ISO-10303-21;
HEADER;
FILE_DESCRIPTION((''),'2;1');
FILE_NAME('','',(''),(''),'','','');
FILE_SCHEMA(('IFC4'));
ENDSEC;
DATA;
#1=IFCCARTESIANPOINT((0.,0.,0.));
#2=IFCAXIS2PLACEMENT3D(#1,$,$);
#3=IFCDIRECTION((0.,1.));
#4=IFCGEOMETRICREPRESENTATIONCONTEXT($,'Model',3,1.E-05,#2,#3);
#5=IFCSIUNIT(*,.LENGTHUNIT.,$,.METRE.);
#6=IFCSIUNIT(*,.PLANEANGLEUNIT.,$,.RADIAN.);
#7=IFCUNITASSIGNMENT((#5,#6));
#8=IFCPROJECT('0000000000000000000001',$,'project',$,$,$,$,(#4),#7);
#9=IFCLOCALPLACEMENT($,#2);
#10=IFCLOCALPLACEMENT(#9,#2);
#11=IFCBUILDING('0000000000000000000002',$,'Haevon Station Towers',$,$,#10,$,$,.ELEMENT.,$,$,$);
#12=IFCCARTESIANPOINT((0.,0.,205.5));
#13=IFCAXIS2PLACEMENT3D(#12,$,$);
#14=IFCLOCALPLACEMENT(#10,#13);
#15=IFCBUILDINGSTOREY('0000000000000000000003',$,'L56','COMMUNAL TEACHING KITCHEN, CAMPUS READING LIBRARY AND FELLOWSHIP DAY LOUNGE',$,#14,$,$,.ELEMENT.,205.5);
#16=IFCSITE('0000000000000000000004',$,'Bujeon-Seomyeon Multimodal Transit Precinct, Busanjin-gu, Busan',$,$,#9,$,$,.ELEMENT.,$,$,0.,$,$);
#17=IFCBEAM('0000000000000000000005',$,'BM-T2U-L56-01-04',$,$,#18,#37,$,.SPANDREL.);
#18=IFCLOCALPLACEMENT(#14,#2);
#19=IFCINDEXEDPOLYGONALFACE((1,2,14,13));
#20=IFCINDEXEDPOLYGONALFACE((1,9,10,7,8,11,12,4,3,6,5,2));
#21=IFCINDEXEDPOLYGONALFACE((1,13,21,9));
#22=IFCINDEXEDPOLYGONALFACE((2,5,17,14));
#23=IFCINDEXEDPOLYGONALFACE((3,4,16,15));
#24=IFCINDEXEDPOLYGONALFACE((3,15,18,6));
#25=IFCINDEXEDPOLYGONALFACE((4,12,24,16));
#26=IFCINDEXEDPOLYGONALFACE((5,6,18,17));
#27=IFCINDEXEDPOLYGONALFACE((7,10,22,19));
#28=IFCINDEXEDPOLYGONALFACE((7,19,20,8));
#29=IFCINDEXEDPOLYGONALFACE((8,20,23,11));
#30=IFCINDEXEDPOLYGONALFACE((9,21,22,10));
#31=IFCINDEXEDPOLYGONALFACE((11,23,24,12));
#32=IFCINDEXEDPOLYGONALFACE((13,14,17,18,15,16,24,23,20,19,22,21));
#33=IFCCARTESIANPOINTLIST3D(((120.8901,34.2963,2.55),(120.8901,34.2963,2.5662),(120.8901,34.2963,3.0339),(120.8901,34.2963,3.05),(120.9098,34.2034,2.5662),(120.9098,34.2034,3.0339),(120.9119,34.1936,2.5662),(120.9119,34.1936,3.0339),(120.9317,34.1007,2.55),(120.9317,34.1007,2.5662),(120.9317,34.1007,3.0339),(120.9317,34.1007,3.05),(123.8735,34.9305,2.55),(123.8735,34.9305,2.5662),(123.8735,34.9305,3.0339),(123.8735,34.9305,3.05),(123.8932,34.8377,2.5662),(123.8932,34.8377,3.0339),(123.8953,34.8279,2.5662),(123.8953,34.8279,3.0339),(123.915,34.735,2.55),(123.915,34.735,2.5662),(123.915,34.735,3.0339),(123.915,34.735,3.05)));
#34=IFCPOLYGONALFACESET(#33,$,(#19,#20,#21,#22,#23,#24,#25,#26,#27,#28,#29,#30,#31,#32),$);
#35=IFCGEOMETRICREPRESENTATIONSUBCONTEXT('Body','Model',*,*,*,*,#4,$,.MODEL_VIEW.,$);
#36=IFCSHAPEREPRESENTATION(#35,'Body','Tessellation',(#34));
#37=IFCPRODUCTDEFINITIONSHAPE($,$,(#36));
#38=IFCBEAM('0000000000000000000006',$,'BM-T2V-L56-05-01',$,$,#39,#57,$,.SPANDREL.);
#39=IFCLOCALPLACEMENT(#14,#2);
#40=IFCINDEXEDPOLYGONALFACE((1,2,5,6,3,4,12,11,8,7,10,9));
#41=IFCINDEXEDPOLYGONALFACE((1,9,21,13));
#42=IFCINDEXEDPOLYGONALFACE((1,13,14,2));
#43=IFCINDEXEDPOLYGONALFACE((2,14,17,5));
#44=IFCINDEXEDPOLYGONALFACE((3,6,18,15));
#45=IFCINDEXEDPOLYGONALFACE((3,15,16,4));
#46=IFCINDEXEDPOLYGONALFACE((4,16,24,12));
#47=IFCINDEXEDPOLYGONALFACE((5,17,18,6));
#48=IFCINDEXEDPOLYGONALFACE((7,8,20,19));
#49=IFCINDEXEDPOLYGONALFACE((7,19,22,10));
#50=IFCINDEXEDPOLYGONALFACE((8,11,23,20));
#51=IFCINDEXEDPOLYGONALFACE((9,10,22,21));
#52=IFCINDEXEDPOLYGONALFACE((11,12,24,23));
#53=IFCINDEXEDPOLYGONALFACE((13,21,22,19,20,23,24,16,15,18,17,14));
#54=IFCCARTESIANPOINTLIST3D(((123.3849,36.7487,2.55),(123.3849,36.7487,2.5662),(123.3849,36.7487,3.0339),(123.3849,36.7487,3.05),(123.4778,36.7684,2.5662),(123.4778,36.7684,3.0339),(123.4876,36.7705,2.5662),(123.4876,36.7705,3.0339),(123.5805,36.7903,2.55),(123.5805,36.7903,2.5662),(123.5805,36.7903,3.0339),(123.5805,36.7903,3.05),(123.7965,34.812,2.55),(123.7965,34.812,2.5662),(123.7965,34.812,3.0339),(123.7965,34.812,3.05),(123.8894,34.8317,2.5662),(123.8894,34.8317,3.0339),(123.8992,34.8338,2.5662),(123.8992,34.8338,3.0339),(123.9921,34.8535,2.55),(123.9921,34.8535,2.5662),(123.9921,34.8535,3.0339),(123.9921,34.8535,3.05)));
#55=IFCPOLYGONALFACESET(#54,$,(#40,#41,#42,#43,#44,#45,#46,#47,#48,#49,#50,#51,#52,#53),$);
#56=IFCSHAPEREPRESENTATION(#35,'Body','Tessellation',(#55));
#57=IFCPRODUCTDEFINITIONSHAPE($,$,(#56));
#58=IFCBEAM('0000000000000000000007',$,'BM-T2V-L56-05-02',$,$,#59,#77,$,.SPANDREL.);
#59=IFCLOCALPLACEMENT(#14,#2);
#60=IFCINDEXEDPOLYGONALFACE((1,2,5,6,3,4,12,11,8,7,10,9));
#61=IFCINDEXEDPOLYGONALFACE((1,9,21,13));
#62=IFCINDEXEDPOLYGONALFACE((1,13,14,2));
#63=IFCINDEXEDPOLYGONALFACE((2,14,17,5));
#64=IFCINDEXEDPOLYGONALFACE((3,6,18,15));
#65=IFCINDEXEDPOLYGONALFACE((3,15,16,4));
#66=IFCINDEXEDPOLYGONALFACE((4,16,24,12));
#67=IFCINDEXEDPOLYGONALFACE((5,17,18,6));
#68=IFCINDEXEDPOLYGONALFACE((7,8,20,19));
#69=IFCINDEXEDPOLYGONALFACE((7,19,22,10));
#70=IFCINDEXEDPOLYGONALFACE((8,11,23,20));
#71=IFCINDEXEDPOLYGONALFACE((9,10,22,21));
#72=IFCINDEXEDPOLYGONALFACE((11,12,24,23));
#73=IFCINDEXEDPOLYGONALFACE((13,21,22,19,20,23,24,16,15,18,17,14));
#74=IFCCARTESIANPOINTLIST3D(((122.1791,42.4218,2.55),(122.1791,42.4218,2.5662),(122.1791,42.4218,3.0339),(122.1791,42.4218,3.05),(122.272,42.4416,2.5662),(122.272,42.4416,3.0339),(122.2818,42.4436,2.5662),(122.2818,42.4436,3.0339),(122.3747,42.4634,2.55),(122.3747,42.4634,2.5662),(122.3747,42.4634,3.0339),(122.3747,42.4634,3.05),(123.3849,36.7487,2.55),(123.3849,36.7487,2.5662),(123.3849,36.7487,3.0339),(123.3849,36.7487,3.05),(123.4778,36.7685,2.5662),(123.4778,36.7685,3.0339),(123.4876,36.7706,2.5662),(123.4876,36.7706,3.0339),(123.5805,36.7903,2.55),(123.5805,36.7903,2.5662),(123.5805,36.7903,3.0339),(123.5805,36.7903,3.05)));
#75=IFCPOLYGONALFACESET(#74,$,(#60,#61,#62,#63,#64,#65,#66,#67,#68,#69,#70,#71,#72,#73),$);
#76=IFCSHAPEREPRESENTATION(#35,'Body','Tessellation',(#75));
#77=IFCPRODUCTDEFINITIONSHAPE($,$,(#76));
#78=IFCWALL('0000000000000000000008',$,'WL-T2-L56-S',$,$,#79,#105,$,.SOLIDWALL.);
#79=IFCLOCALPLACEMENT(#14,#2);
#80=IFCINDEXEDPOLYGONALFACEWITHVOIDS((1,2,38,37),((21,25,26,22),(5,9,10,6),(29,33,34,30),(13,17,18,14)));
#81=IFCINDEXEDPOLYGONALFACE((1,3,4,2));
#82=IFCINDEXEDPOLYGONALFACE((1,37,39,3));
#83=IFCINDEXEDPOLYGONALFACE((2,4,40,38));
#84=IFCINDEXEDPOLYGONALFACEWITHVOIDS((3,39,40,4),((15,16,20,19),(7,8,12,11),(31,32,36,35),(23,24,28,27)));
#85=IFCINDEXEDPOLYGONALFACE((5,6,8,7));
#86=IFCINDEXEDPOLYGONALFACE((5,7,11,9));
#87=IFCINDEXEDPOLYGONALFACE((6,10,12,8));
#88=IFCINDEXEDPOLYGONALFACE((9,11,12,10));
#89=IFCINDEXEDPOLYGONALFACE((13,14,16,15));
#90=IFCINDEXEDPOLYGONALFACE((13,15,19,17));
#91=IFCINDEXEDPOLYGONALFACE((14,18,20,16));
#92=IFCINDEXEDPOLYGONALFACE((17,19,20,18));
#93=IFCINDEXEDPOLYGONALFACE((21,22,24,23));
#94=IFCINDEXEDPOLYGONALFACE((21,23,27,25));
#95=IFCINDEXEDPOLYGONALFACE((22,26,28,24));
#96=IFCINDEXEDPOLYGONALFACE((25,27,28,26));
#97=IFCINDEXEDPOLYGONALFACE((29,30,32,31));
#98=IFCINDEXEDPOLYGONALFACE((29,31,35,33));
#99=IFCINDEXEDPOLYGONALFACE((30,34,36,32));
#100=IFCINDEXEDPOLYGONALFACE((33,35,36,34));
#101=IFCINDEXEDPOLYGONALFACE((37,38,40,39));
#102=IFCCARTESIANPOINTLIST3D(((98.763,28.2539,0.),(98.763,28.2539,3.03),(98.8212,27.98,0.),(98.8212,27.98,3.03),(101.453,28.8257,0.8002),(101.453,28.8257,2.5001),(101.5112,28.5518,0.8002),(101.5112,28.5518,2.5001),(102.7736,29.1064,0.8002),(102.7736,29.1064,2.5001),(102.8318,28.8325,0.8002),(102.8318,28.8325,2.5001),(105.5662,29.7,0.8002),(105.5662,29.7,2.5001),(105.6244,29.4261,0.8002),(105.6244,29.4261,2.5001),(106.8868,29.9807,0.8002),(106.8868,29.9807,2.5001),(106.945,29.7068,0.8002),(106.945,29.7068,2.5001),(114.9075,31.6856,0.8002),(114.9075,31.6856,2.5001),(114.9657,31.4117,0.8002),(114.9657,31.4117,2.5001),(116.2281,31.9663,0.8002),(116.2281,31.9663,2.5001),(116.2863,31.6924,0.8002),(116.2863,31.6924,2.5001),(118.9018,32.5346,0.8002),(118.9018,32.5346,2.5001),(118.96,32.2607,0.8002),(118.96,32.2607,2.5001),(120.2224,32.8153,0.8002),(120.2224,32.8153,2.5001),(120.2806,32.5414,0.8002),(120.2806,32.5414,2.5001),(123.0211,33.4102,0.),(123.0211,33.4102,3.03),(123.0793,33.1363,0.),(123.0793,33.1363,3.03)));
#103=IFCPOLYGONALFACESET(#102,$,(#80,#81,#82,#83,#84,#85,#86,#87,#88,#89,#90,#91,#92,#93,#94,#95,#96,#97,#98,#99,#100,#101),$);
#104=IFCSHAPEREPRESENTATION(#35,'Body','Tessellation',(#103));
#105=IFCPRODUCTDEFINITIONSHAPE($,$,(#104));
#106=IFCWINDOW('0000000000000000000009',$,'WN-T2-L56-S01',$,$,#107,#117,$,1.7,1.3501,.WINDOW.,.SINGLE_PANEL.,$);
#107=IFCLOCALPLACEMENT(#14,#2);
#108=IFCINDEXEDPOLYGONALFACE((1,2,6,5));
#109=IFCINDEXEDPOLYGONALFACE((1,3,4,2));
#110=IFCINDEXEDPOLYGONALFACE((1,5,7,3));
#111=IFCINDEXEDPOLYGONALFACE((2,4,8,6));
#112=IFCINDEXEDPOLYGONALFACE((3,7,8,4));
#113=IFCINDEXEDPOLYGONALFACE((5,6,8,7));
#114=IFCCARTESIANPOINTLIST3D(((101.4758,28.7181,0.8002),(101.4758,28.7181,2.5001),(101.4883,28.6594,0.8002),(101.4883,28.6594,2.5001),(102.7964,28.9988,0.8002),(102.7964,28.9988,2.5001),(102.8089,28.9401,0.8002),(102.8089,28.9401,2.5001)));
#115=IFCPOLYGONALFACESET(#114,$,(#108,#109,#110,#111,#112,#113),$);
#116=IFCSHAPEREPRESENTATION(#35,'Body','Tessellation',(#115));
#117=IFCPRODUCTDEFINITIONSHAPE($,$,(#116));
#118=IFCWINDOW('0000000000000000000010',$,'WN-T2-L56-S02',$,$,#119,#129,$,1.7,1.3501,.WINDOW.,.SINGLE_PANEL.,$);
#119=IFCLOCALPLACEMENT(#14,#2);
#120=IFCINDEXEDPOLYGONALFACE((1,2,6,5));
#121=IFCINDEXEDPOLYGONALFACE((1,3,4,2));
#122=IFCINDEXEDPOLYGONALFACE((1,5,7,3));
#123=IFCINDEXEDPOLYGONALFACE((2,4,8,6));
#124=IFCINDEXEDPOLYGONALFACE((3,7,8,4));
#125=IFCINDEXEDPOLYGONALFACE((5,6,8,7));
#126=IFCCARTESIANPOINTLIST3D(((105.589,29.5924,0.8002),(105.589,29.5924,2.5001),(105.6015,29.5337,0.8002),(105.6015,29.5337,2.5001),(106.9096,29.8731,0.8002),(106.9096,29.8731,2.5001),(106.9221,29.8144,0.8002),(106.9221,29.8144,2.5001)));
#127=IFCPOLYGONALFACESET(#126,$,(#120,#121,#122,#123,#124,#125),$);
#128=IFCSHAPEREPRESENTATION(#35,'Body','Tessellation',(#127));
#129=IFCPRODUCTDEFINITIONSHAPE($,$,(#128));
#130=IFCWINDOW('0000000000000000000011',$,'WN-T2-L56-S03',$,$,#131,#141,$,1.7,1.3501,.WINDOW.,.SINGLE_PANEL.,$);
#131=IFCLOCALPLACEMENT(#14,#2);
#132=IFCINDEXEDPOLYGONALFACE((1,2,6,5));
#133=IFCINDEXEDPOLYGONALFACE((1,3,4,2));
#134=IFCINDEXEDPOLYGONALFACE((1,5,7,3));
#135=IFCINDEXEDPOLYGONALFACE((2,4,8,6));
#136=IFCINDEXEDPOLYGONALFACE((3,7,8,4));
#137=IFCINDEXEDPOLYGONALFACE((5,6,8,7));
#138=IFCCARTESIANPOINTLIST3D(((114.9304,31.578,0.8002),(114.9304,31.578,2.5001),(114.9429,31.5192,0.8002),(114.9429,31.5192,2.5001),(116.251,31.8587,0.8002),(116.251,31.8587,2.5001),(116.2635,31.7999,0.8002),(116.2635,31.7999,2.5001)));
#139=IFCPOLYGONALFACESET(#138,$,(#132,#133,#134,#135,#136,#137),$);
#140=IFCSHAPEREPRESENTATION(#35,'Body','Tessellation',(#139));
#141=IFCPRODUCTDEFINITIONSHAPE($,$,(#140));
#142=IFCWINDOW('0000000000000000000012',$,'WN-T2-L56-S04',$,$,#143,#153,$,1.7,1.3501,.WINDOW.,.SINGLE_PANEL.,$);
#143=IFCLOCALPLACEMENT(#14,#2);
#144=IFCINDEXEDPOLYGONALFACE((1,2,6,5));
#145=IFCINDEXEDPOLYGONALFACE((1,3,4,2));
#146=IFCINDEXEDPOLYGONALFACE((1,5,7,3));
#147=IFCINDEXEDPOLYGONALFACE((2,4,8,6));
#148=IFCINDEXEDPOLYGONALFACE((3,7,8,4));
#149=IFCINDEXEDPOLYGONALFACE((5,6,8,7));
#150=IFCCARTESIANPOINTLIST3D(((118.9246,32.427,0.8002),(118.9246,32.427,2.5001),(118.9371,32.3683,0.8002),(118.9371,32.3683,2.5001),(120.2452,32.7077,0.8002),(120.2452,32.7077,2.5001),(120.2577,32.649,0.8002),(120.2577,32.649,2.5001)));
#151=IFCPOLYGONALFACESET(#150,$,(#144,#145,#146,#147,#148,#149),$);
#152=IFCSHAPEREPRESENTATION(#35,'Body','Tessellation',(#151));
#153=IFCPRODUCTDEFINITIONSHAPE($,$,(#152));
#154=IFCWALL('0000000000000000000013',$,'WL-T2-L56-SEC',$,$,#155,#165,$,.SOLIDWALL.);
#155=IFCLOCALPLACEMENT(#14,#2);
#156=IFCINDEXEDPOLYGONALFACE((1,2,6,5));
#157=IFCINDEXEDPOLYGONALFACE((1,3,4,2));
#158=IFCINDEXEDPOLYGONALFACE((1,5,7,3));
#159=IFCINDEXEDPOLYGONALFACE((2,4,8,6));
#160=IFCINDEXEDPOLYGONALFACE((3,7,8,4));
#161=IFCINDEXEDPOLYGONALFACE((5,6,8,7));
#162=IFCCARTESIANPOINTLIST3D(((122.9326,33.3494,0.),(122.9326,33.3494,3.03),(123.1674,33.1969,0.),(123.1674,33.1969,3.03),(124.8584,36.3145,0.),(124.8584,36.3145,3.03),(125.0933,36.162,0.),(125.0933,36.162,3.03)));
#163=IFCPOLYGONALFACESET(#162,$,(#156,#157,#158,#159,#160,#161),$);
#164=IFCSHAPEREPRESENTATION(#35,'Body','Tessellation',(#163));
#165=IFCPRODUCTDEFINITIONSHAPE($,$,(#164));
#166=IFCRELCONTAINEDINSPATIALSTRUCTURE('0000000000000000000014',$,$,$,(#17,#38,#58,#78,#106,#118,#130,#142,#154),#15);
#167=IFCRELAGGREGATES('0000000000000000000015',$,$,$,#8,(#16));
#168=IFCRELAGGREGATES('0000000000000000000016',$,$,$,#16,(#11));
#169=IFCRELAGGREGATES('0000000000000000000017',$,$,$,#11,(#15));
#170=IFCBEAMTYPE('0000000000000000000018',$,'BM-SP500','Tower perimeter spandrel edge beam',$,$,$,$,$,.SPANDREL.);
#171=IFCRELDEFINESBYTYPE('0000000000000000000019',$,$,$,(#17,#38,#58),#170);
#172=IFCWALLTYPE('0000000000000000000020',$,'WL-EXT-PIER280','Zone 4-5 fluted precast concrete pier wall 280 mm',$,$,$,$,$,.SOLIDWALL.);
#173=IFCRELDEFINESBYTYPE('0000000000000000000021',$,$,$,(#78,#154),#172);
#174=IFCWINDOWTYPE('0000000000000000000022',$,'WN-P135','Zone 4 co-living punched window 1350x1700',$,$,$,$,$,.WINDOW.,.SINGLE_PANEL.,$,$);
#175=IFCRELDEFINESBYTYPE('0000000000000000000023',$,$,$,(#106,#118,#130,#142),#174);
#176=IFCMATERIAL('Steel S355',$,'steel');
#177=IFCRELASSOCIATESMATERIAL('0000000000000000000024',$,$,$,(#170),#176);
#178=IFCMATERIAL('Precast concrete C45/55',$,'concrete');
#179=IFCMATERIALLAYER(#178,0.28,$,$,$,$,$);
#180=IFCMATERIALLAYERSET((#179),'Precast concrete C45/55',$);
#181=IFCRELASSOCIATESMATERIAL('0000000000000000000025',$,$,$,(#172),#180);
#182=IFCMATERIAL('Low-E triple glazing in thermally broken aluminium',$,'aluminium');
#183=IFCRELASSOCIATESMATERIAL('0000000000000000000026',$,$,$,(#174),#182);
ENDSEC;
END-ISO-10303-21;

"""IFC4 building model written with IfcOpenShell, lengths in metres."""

from ifc_helpers import new_model, si_unit, direction, frame, frame_2d, origin, origin_2d, place, context, subcontext, project, spatial, rectangle, i_section, extrude, material, layer, layer_set, material_profile, profile_set, type_object, element, fill, save


model = new_model("IFC4")

# Units and contexts
model_context = context("Model", 3, precision=1e-05, world=origin(), true_north=direction((0.0, 1.0)))
body_context = subcontext(model_context, "Body", "Model", "MODEL_VIEW")
ifc_project = project(units=[si_unit("LENGTHUNIT", "METRE"), si_unit("PLANEANGLEUNIT", "RADIAN")], contexts=[model_context])

# Site, building, storey
site_placement = place(None, origin())
site = spatial("IfcSite", under=ifc_project, at=site_placement, Name="Bujeon-Seomyeon Multimodal Transit Precinct, Busanjin-gu, Busan", CompositionType="ELEMENT", RefElevation=0.0)
building_placement = place(site_placement, origin())
building = spatial("IfcBuilding", under=site, at=building_placement, Name="Haevon Station Towers", CompositionType="ELEMENT")
storey_placement = place(building_placement, frame((0.0, 0.0, 205.5)))
storey = spatial("IfcBuildingStorey", under=building, at=storey_placement, Name="L56", Description="COMMUNAL TEACHING KITCHEN, CAMPUS READING LIBRARY AND FELLOWSHIP DAY LOUNGE", CompositionType="ELEMENT", Elevation=205.5)

# Shared definitions
ifc_material_1 = material(Name="Steel S355", Category="steel")

# Beams
ifc_material_profile_1 = material_profile(ifc_material_1, i_section(OverallWidth=0.2, OverallDepth=0.5, WebThickness=0.01, FlangeThickness=0.0161, at=origin_2d()), Name="H-500x200x10x16")
ifc_profile_set_1 = profile_set([ifc_material_profile_1], Name="Steel S355")
beam_type_1 = type_object("IfcBeamType", Name="BM-SP500", Description="Tower perimeter spandrel edge beam", PredefinedType="SPANDREL", material=ifc_profile_set_1)
beam_1_placement = place(storey_placement, frame((120.9109, 34.1985, 2.8), z_axis=(0.978139, 0.207954, 0.0), x_axis=(-0.207954, 0.978139, 0.0)))
element("IfcBeam", 1, at=beam_1_placement, inside=storey, type_object=beam_type_1, Name="BM-T2U-L56-01-04", PredefinedType="SPANDREL", context=body_context, shape_type="SweptSolid", body=[
    extrude(i_section(OverallWidth=0.2, OverallDepth=0.5, WebThickness=0.01, FlangeThickness=0.0161, at=origin_2d()), origin(), (0.0, 0.0, 1.0), 3.05),
])
beam_2_placement = place(storey_placement, frame((123.8943, 34.8328, 2.8), z_axis=(-0.207887, 0.978153, 0.0), x_axis=(-0.978153, -0.207887, 0.0)))
element("IfcBeam", 2, at=beam_2_placement, inside=storey, type_object=beam_type_1, Name="BM-T2V-L56-05-01", PredefinedType="SPANDREL", context=body_context, shape_type="SweptSolid", body=[
    extrude(i_section(OverallWidth=0.2, OverallDepth=0.5, WebThickness=0.01, FlangeThickness=0.0161, at=origin_2d()), origin(), (0.0, 0.0, 1.0), 1.98),
])
beam_3_placement = place(storey_placement, frame((123.4827, 36.7695, 2.8), z_axis=(-0.207905, 0.978149, 0.0), x_axis=(-0.978149, -0.207905, 0.0)))
element("IfcBeam", 3, at=beam_3_placement, inside=storey, type_object=beam_type_1, Name="BM-T2V-L56-05-02", PredefinedType="SPANDREL", context=body_context, shape_type="SweptSolid", body=[
    extrude(i_section(OverallWidth=0.2, OverallDepth=0.5, WebThickness=0.01, FlangeThickness=0.0161, at=origin_2d()), origin(), (0.0, 0.0, 1.0), 5.7998),
])

# Wall, openings, windows
ifc_material_2 = material(Name="Precast concrete C45/55", Category="concrete")
ifc_layer_1 = layer(ifc_material_2, 0.28)
ifc_layer_set_1 = layer_set([ifc_layer_1], Name="Precast concrete C45/55")
wall_type_1 = type_object("IfcWallType", Name="WL-EXT-PIER280", Description="Zone 4-5 fluted precast concrete pier wall 280 mm", PredefinedType="SOLIDWALL", material=ifc_layer_set_1)
wall_1_placement = place(storey_placement, frame((123.05, 33.2732, 0.0), z_axis=(0.0, 0.0, 1.0), x_axis=(-0.978147, -0.207913, 0.0)))
wall_1 = element("IfcWall", 4, at=wall_1_placement, inside=storey, type_object=wall_type_1, Name="WL-T2-L56-S", PredefinedType="SOLIDWALL", context=body_context, shape_type="SweptSolid", body=[
    extrude(rectangle(XDim=24.8, YDim=0.28, at=frame_2d((12.3999, 0.0))), origin(), (0.0, 0.0, 1.0), 3.03),
])
opening_1_placement = place(wall_1_placement, frame((20.6997, 0.0, 0.8)))
opening_1 = element("IfcOpeningElement", 5, at=opening_1_placement, cuts=wall_1, PredefinedType="OPENING", context=body_context, shape_type="SweptSolid", body=[
    extrude(rectangle(XDim=1.3501, YDim=1.7, at=frame_2d((0.675, 0.8501))), frame((0.0, 0.1499, 0.0), z_axis=(0.0, -1.0, 0.0), x_axis=(1.0, 0.0, 0.0)), (0.0, 0.0, 1.0), 0.3),
])
opening_2_placement = place(wall_1_placement, frame((16.4946, 0.0, 0.8)))
opening_2 = element("IfcOpeningElement", 6, at=opening_2_placement, cuts=wall_1, PredefinedType="OPENING", context=body_context, shape_type="SweptSolid", body=[
    extrude(rectangle(XDim=1.3501, YDim=1.7, at=frame_2d((0.675, 0.8501))), frame((0.0, 0.1499, 0.0), z_axis=(0.0, -1.0, 0.0), x_axis=(1.0, 0.0, 0.0)), (0.0, 0.0, 1.0), 0.3),
])
opening_3_placement = place(wall_1_placement, frame((6.9446, 0.0, 0.8)))
opening_3 = element("IfcOpeningElement", 7, at=opening_3_placement, cuts=wall_1, PredefinedType="OPENING", context=body_context, shape_type="SweptSolid", body=[
    extrude(rectangle(XDim=1.3501, YDim=1.7, at=frame_2d((0.675, 0.8501))), frame((0.0, 0.1499, 0.0), z_axis=(0.0, -1.0, 0.0), x_axis=(1.0, 0.0, 0.0)), (0.0, 0.0, 1.0), 0.3),
])
opening_4_placement = place(wall_1_placement, frame((2.8611, 0.0, 0.8)))
opening_4 = element("IfcOpeningElement", 8, at=opening_4_placement, cuts=wall_1, PredefinedType="OPENING", context=body_context, shape_type="SweptSolid", body=[
    extrude(rectangle(XDim=1.3501, YDim=1.7, at=frame_2d((0.675, 0.8501))), frame((0.0, 0.1499, 0.0), z_axis=(0.0, -1.0, 0.0), x_axis=(1.0, 0.0, 0.0)), (0.0, 0.0, 1.0), 0.3),
])
ifc_material_3 = material(Name="Low-E triple glazing in thermally broken aluminium", Category="aluminium")
window_type = type_object("IfcWindowType", Name="WN-P135", Description="Zone 4 co-living punched window 1350x1700", PartitioningType="SINGLE_PANEL", PredefinedType="WINDOW", material=ifc_material_3)
window_1_placement = place(opening_1_placement, origin())
window_1 = element("IfcWindow", 9, at=window_1_placement, inside=storey, type_object=window_type, Name="WN-T2-L56-S01", OverallHeight=1.7, OverallWidth=1.3501, PartitioningType="SINGLE_PANEL", PredefinedType="WINDOW", context=body_context, shape_type="SweptSolid", body=[
    extrude(rectangle(XDim=1.3501, YDim=1.7, at=frame_2d((0.675, 0.8501))), frame((0.0, 0.03, 0.0), z_axis=(0.0, -1.0, 0.0), x_axis=(1.0, 0.0, 0.0)), (0.0, 0.0, 1.0), 0.0601),
])
fill(opening_1, window_1)
window_2_placement = place(opening_2_placement, origin())
window_2 = element("IfcWindow", 10, at=window_2_placement, inside=storey, type_object=window_type, Name="WN-T2-L56-S02", OverallHeight=1.7, OverallWidth=1.3501, PartitioningType="SINGLE_PANEL", PredefinedType="WINDOW", context=body_context, shape_type="SweptSolid", body=[
    extrude(rectangle(XDim=1.3501, YDim=1.7, at=frame_2d((0.675, 0.8501))), frame((0.0, 0.03, 0.0), z_axis=(0.0, -1.0, 0.0), x_axis=(1.0, 0.0, 0.0)), (0.0, 0.0, 1.0), 0.0601),
])
fill(opening_2, window_2)
window_3_placement = place(opening_3_placement, origin())
window_3 = element("IfcWindow", 11, at=window_3_placement, inside=storey, type_object=window_type, Name="WN-T2-L56-S03", OverallHeight=1.7, OverallWidth=1.3501, PartitioningType="SINGLE_PANEL", PredefinedType="WINDOW", context=body_context, shape_type="SweptSolid", body=[
    extrude(rectangle(XDim=1.3501, YDim=1.7, at=frame_2d((0.675, 0.8501))), frame((0.0, 0.03, 0.0), z_axis=(0.0, -1.0, 0.0), x_axis=(1.0, 0.0, 0.0)), (0.0, 0.0, 1.0), 0.0601),
])
fill(opening_3, window_3)
window_4_placement = place(opening_4_placement, origin())
window_4 = element("IfcWindow", 12, at=window_4_placement, inside=storey, type_object=window_type, Name="WN-T2-L56-S04", OverallHeight=1.7, OverallWidth=1.3501, PartitioningType="SINGLE_PANEL", PredefinedType="WINDOW", context=body_context, shape_type="SweptSolid", body=[
    extrude(rectangle(XDim=1.3501, YDim=1.7, at=frame_2d((0.675, 0.8501))), frame((0.0, 0.03, 0.0), z_axis=(0.0, -1.0, 0.0), x_axis=(1.0, 0.0, 0.0)), (0.0, 0.0, 1.0), 0.0601),
])
fill(opening_4, window_4)

# Wall
wall_2_placement = place(storey_placement, frame((124.9758, 36.2383, 0.0), z_axis=(0.0, 0.0, 1.0), x_axis=(-0.544685, -0.838641, 0.0)))
element("IfcWall", 13, at=wall_2_placement, inside=storey, type_object=wall_type_1, Name="WL-T2-L56-SEC", PredefinedType="SOLIDWALL", context=body_context, shape_type="SweptSolid", body=[
    extrude(rectangle(XDim=3.5356, YDim=0.28, at=frame_2d((1.7678, 0.0))), origin(), (0.0, 0.0, 1.0), 3.03),
])

save(model, "model.ifc")
